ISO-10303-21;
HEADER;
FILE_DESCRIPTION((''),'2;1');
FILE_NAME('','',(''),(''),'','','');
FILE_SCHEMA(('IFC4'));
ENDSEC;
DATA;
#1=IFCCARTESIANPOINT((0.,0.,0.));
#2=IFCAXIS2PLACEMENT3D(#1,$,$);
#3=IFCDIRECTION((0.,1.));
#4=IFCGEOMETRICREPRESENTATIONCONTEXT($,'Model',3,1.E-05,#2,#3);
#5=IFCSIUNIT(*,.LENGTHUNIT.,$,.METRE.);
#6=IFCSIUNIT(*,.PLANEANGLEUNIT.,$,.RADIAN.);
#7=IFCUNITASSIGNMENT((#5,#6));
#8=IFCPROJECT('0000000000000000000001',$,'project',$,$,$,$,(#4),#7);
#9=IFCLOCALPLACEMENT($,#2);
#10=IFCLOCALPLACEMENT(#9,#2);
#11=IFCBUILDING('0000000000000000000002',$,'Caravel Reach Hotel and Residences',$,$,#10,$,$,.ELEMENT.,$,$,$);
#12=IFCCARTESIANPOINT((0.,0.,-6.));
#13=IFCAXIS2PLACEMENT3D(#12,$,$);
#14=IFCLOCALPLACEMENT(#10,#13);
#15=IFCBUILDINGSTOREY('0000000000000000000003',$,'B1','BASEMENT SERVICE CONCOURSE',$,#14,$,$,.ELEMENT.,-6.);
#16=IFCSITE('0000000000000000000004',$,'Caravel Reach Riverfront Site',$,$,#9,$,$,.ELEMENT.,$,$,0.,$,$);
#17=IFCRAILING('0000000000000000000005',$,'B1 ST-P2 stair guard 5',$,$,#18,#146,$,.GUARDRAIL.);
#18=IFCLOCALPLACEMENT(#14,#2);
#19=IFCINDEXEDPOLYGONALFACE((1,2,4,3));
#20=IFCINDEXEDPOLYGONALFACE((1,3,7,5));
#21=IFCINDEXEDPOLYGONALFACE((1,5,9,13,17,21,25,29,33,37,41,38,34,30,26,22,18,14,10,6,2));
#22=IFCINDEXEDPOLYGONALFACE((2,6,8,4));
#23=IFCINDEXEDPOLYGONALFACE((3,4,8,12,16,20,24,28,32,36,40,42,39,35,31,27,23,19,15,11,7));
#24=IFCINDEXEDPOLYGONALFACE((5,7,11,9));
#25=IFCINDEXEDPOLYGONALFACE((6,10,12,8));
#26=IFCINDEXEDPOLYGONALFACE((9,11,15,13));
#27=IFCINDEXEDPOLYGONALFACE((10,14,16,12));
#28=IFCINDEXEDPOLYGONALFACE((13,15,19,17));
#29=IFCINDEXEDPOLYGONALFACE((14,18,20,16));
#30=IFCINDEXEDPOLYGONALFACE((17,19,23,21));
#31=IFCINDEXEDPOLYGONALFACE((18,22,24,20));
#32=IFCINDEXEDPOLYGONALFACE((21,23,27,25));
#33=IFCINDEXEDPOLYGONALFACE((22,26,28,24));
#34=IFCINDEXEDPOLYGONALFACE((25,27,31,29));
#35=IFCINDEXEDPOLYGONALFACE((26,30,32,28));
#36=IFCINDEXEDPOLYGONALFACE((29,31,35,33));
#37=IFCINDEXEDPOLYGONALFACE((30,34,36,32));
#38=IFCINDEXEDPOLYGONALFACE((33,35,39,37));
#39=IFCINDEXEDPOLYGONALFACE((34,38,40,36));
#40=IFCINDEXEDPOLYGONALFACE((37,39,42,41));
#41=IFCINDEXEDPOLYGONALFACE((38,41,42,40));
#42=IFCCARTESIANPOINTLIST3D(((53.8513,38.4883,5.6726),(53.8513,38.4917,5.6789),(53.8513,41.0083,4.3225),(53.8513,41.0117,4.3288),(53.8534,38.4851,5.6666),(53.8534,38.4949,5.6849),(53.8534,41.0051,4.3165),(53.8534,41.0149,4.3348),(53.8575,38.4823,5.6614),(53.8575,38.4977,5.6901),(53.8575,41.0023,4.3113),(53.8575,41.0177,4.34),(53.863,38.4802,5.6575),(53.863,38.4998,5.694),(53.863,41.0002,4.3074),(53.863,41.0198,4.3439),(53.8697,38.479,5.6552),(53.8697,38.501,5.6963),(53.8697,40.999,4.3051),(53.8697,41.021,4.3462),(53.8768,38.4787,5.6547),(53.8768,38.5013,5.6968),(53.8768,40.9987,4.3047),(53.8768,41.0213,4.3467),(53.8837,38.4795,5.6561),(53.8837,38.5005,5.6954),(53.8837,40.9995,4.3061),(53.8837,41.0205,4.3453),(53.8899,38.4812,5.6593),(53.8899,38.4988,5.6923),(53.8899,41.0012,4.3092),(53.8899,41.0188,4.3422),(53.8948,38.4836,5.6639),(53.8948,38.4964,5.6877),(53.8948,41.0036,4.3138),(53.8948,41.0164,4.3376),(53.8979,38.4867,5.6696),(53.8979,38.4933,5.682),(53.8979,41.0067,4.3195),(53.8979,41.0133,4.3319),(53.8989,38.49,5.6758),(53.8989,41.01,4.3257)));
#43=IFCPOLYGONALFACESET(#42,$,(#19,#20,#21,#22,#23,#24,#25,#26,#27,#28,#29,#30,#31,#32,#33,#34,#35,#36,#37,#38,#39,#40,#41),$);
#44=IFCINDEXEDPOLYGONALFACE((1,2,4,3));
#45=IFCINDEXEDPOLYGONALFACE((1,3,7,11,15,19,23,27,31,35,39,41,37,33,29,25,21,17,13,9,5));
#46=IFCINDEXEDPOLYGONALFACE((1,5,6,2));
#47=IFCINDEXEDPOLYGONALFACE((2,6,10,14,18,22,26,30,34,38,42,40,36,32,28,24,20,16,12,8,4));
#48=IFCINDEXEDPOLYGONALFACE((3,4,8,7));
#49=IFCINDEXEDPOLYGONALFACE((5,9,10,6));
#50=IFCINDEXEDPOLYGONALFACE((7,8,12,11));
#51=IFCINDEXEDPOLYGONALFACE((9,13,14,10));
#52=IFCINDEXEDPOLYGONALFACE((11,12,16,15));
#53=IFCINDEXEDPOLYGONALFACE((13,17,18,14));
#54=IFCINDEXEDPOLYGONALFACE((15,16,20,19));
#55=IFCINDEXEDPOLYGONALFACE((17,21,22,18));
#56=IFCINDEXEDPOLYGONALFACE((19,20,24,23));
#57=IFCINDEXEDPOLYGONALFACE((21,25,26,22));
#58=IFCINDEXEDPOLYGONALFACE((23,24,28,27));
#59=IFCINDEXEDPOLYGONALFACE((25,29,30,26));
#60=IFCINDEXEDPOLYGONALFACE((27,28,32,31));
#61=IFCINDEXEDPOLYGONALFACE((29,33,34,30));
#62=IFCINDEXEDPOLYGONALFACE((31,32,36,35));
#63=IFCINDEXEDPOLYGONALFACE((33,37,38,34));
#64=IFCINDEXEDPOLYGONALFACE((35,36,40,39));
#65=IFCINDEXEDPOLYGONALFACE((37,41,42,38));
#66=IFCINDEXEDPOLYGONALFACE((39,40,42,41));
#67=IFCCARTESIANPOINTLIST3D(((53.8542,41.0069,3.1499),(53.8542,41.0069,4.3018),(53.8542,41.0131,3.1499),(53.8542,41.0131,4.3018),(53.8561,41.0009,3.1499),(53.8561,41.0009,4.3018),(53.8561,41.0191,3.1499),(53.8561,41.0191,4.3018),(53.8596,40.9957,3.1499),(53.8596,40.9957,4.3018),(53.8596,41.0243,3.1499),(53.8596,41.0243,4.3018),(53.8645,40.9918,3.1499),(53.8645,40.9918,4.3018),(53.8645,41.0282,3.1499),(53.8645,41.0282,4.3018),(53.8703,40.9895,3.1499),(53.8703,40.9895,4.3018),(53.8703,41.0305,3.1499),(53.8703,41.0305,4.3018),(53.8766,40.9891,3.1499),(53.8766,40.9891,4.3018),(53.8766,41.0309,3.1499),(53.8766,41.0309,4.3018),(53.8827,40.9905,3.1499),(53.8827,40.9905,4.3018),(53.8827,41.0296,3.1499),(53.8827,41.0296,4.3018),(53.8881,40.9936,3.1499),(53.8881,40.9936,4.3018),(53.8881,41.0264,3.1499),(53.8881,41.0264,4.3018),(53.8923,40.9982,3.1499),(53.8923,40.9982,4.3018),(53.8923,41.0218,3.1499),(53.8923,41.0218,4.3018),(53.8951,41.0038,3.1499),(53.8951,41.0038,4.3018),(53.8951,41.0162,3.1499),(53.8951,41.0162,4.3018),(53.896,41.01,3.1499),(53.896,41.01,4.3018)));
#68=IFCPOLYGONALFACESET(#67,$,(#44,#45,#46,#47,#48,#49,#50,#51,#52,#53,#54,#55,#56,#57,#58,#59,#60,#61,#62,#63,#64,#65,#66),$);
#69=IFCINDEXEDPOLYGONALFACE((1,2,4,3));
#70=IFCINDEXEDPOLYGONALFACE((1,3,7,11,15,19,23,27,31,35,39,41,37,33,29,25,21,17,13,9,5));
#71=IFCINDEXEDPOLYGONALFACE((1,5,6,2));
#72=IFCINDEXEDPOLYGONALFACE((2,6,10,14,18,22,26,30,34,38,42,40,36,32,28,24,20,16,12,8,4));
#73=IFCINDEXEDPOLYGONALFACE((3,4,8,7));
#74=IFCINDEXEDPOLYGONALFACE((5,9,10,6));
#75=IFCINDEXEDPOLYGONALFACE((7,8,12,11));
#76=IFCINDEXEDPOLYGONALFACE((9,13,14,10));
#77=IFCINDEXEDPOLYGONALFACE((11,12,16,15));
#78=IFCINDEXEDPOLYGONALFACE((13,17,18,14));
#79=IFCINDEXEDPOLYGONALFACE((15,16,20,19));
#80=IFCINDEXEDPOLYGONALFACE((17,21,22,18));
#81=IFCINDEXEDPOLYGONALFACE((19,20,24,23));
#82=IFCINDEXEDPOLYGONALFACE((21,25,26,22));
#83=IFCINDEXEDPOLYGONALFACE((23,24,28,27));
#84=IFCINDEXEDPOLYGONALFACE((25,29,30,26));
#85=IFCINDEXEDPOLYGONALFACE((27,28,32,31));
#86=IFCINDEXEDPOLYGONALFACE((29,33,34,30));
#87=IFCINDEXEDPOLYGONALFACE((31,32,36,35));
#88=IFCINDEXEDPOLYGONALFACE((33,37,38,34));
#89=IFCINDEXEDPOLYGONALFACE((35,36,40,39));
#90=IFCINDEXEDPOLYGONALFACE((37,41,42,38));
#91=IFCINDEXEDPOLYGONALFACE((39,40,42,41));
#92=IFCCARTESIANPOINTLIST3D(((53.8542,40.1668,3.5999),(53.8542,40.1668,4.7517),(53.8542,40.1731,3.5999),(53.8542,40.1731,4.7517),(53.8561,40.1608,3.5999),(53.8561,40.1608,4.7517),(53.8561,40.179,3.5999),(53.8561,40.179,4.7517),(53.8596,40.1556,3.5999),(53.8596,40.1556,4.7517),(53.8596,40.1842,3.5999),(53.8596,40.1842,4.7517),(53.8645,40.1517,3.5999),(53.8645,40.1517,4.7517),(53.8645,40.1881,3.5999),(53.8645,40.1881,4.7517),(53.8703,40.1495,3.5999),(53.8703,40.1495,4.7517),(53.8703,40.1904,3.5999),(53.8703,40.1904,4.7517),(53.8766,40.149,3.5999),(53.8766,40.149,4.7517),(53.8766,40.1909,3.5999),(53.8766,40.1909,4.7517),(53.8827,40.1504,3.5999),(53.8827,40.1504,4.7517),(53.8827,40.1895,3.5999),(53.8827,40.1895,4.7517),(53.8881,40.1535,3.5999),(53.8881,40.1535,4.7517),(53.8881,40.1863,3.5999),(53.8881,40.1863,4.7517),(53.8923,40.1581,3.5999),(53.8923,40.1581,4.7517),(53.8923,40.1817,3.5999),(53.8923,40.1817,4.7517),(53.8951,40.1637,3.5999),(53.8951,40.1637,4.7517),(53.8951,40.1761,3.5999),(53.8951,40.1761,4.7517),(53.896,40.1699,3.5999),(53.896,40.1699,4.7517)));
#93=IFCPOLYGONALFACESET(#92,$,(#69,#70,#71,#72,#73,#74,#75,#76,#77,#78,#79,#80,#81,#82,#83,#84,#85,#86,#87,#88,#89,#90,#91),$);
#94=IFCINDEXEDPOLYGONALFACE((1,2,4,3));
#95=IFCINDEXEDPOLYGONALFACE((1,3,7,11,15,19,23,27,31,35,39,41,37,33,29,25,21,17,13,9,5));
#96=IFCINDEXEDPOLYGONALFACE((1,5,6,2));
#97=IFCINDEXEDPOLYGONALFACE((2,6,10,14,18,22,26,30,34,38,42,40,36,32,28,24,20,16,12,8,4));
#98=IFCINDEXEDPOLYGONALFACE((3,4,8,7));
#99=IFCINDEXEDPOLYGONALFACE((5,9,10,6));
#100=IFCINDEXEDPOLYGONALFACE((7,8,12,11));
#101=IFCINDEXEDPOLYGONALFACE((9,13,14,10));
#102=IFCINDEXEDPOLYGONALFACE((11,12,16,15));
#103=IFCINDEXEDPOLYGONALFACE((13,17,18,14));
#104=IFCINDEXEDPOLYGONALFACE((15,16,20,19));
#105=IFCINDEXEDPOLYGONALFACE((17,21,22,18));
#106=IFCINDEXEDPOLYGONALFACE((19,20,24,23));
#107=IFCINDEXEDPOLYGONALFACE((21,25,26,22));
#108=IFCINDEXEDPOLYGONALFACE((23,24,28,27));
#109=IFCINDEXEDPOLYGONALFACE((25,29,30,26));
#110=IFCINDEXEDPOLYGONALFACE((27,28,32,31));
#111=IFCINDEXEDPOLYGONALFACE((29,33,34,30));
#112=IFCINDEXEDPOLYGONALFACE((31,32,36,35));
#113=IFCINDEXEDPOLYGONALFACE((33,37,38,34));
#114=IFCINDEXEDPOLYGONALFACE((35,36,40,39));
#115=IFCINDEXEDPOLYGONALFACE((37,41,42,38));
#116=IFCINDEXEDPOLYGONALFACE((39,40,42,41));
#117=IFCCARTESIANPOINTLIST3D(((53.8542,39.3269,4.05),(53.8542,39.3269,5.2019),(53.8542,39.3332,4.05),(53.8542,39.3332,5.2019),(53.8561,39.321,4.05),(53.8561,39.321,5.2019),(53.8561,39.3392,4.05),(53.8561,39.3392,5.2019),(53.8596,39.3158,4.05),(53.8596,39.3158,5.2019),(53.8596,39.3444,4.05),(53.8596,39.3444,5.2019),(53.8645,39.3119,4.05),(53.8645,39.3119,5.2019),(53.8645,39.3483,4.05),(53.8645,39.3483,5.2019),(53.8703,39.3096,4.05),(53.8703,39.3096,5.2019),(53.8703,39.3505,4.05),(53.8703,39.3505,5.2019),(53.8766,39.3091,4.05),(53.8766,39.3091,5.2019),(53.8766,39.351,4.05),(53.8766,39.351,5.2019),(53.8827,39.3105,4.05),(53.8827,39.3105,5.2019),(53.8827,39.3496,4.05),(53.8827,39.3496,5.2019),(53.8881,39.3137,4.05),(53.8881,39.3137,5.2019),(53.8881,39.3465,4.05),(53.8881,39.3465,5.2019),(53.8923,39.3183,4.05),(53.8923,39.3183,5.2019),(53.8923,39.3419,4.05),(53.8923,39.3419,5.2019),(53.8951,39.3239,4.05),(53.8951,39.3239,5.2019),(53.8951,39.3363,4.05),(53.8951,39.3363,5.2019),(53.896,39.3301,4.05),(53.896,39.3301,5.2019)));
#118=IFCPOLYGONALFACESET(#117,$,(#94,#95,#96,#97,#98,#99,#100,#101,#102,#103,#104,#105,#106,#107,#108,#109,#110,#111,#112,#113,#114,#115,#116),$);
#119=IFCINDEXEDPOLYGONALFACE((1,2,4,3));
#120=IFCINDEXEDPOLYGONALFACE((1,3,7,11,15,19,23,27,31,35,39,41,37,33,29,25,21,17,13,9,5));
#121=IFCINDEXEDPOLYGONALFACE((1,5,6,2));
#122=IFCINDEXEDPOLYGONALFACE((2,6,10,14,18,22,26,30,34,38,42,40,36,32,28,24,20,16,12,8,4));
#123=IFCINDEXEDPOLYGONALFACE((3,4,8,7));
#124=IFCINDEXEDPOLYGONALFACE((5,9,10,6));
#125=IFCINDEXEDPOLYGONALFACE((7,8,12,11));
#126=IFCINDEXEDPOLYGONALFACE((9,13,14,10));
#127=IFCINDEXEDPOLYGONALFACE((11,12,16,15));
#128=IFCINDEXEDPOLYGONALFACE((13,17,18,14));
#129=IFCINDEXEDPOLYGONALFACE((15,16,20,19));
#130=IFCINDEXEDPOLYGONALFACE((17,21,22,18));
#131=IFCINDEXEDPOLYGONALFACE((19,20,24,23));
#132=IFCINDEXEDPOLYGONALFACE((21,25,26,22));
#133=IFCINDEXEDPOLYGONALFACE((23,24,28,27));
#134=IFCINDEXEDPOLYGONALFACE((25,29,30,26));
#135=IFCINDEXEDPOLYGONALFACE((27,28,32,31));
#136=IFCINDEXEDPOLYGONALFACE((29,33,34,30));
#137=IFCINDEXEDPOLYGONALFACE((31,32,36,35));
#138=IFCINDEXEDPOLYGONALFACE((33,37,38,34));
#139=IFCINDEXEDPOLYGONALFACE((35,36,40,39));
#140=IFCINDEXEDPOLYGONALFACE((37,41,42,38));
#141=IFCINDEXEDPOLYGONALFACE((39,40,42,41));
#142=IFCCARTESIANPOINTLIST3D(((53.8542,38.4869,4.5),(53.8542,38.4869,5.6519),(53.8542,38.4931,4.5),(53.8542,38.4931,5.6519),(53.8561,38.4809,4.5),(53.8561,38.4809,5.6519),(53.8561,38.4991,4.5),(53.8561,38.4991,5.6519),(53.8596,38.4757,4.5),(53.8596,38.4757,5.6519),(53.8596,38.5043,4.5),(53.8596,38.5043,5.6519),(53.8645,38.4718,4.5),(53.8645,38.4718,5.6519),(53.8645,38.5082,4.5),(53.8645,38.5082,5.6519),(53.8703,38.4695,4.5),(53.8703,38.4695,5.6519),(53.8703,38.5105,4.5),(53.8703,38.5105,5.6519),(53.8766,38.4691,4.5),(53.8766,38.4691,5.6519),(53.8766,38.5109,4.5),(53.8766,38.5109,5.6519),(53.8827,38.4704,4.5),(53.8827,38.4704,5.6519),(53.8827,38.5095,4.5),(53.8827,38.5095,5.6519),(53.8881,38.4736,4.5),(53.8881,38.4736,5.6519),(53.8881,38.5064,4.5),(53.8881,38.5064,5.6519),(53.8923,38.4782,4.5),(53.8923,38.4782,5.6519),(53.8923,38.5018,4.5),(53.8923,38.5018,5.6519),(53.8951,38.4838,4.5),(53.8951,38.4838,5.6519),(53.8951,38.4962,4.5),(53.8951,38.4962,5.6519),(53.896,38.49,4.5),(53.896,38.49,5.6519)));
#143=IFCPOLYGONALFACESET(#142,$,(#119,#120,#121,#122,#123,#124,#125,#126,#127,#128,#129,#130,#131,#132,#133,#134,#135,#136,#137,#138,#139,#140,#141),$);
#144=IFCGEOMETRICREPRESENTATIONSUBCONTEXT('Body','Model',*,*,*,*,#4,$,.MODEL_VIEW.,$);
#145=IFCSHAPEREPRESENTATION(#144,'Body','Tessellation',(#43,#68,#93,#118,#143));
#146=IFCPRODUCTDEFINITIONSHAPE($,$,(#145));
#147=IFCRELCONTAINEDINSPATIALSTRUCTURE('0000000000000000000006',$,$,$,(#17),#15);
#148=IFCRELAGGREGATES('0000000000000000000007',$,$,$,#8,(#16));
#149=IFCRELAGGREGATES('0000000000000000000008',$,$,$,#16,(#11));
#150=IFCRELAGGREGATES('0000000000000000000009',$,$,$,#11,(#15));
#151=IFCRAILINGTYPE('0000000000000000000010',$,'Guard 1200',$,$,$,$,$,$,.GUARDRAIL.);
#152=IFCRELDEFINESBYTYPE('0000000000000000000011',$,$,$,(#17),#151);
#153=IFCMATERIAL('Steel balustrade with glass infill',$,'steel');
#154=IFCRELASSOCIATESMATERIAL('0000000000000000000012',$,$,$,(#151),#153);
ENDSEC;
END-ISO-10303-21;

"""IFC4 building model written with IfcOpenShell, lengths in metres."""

from ifc_helpers import new_model, si_unit, direction, frame, origin, origin_2d, place, context, subcontext, project, spatial, circle, extrude, material, type_object, element, save


model = new_model("IFC4")

# Units and contexts
model_context = context("Model", 3, precision=1e-05, world=origin(), true_north=direction((0.0, 1.0)))
body_context = subcontext(model_context, "Body", "Model", "MODEL_VIEW")
ifc_project = project(units=[si_unit("LENGTHUNIT", "METRE"), si_unit("PLANEANGLEUNIT", "RADIAN")], contexts=[model_context])

# Site, building, storey
site_placement = place(None, origin())
site = spatial("IfcSite", under=ifc_project, at=site_placement, Name="Caravel Reach Riverfront Site", CompositionType="ELEMENT", RefElevation=0.0)
building_placement = place(site_placement, origin())
building = spatial("IfcBuilding", under=site, at=building_placement, Name="Caravel Reach Hotel and Residences", CompositionType="ELEMENT")
storey_placement = place(building_placement, frame((0.0, 0.0, -6.0)))
storey = spatial("IfcBuildingStorey", under=building, at=storey_placement, Name="B1", Description="BASEMENT SERVICE CONCOURSE", CompositionType="ELEMENT", Elevation=-6.0)

# Railing
ifc_material_1 = material(Name="Steel balustrade with glass infill", Category="steel")
railing_type_1 = type_object("IfcRailingType", Name="Guard 1200", PredefinedType="GUARDRAIL", material=ifc_material_1)
railing_1_placement = place(storey_placement, frame((53.875, 41.01, 3.1499)))
element("IfcRailing", 1, at=railing_1_placement, inside=storey, type_object=railing_type_1, Name="B1 ST-P2 stair guard 5", PredefinedType="GUARDRAIL", context=body_context, shape_type="SweptSolid", body=[
    extrude(circle(Radius=0.0239, at=origin_2d()), frame((0.0, 0.0, 1.1758), z_axis=(0.0, -0.881467, 0.472245), x_axis=(1.0, 0.0, 0.0)), (0.0, 0.0, 1.0), 2.8589),
    extrude(circle(Radius=0.021, at=origin_2d()), origin(), (0.0, 0.0, 1.0), 1.1519),
    extrude(circle(Radius=0.021, at=origin_2d()), frame((0.0, -0.8401, 0.45)), (0.0, 0.0, 1.0), 1.1519),
    extrude(circle(Radius=0.021, at=origin_2d()), frame((0.0, -1.6799, 0.9001)), (0.0, 0.0, 1.0), 1.1519),
    extrude(circle(Radius=0.021, at=origin_2d()), frame((0.0, -2.52, 1.3501)), (0.0, 0.0, 1.0), 1.1519),
])

save(model, "model.ifc")
